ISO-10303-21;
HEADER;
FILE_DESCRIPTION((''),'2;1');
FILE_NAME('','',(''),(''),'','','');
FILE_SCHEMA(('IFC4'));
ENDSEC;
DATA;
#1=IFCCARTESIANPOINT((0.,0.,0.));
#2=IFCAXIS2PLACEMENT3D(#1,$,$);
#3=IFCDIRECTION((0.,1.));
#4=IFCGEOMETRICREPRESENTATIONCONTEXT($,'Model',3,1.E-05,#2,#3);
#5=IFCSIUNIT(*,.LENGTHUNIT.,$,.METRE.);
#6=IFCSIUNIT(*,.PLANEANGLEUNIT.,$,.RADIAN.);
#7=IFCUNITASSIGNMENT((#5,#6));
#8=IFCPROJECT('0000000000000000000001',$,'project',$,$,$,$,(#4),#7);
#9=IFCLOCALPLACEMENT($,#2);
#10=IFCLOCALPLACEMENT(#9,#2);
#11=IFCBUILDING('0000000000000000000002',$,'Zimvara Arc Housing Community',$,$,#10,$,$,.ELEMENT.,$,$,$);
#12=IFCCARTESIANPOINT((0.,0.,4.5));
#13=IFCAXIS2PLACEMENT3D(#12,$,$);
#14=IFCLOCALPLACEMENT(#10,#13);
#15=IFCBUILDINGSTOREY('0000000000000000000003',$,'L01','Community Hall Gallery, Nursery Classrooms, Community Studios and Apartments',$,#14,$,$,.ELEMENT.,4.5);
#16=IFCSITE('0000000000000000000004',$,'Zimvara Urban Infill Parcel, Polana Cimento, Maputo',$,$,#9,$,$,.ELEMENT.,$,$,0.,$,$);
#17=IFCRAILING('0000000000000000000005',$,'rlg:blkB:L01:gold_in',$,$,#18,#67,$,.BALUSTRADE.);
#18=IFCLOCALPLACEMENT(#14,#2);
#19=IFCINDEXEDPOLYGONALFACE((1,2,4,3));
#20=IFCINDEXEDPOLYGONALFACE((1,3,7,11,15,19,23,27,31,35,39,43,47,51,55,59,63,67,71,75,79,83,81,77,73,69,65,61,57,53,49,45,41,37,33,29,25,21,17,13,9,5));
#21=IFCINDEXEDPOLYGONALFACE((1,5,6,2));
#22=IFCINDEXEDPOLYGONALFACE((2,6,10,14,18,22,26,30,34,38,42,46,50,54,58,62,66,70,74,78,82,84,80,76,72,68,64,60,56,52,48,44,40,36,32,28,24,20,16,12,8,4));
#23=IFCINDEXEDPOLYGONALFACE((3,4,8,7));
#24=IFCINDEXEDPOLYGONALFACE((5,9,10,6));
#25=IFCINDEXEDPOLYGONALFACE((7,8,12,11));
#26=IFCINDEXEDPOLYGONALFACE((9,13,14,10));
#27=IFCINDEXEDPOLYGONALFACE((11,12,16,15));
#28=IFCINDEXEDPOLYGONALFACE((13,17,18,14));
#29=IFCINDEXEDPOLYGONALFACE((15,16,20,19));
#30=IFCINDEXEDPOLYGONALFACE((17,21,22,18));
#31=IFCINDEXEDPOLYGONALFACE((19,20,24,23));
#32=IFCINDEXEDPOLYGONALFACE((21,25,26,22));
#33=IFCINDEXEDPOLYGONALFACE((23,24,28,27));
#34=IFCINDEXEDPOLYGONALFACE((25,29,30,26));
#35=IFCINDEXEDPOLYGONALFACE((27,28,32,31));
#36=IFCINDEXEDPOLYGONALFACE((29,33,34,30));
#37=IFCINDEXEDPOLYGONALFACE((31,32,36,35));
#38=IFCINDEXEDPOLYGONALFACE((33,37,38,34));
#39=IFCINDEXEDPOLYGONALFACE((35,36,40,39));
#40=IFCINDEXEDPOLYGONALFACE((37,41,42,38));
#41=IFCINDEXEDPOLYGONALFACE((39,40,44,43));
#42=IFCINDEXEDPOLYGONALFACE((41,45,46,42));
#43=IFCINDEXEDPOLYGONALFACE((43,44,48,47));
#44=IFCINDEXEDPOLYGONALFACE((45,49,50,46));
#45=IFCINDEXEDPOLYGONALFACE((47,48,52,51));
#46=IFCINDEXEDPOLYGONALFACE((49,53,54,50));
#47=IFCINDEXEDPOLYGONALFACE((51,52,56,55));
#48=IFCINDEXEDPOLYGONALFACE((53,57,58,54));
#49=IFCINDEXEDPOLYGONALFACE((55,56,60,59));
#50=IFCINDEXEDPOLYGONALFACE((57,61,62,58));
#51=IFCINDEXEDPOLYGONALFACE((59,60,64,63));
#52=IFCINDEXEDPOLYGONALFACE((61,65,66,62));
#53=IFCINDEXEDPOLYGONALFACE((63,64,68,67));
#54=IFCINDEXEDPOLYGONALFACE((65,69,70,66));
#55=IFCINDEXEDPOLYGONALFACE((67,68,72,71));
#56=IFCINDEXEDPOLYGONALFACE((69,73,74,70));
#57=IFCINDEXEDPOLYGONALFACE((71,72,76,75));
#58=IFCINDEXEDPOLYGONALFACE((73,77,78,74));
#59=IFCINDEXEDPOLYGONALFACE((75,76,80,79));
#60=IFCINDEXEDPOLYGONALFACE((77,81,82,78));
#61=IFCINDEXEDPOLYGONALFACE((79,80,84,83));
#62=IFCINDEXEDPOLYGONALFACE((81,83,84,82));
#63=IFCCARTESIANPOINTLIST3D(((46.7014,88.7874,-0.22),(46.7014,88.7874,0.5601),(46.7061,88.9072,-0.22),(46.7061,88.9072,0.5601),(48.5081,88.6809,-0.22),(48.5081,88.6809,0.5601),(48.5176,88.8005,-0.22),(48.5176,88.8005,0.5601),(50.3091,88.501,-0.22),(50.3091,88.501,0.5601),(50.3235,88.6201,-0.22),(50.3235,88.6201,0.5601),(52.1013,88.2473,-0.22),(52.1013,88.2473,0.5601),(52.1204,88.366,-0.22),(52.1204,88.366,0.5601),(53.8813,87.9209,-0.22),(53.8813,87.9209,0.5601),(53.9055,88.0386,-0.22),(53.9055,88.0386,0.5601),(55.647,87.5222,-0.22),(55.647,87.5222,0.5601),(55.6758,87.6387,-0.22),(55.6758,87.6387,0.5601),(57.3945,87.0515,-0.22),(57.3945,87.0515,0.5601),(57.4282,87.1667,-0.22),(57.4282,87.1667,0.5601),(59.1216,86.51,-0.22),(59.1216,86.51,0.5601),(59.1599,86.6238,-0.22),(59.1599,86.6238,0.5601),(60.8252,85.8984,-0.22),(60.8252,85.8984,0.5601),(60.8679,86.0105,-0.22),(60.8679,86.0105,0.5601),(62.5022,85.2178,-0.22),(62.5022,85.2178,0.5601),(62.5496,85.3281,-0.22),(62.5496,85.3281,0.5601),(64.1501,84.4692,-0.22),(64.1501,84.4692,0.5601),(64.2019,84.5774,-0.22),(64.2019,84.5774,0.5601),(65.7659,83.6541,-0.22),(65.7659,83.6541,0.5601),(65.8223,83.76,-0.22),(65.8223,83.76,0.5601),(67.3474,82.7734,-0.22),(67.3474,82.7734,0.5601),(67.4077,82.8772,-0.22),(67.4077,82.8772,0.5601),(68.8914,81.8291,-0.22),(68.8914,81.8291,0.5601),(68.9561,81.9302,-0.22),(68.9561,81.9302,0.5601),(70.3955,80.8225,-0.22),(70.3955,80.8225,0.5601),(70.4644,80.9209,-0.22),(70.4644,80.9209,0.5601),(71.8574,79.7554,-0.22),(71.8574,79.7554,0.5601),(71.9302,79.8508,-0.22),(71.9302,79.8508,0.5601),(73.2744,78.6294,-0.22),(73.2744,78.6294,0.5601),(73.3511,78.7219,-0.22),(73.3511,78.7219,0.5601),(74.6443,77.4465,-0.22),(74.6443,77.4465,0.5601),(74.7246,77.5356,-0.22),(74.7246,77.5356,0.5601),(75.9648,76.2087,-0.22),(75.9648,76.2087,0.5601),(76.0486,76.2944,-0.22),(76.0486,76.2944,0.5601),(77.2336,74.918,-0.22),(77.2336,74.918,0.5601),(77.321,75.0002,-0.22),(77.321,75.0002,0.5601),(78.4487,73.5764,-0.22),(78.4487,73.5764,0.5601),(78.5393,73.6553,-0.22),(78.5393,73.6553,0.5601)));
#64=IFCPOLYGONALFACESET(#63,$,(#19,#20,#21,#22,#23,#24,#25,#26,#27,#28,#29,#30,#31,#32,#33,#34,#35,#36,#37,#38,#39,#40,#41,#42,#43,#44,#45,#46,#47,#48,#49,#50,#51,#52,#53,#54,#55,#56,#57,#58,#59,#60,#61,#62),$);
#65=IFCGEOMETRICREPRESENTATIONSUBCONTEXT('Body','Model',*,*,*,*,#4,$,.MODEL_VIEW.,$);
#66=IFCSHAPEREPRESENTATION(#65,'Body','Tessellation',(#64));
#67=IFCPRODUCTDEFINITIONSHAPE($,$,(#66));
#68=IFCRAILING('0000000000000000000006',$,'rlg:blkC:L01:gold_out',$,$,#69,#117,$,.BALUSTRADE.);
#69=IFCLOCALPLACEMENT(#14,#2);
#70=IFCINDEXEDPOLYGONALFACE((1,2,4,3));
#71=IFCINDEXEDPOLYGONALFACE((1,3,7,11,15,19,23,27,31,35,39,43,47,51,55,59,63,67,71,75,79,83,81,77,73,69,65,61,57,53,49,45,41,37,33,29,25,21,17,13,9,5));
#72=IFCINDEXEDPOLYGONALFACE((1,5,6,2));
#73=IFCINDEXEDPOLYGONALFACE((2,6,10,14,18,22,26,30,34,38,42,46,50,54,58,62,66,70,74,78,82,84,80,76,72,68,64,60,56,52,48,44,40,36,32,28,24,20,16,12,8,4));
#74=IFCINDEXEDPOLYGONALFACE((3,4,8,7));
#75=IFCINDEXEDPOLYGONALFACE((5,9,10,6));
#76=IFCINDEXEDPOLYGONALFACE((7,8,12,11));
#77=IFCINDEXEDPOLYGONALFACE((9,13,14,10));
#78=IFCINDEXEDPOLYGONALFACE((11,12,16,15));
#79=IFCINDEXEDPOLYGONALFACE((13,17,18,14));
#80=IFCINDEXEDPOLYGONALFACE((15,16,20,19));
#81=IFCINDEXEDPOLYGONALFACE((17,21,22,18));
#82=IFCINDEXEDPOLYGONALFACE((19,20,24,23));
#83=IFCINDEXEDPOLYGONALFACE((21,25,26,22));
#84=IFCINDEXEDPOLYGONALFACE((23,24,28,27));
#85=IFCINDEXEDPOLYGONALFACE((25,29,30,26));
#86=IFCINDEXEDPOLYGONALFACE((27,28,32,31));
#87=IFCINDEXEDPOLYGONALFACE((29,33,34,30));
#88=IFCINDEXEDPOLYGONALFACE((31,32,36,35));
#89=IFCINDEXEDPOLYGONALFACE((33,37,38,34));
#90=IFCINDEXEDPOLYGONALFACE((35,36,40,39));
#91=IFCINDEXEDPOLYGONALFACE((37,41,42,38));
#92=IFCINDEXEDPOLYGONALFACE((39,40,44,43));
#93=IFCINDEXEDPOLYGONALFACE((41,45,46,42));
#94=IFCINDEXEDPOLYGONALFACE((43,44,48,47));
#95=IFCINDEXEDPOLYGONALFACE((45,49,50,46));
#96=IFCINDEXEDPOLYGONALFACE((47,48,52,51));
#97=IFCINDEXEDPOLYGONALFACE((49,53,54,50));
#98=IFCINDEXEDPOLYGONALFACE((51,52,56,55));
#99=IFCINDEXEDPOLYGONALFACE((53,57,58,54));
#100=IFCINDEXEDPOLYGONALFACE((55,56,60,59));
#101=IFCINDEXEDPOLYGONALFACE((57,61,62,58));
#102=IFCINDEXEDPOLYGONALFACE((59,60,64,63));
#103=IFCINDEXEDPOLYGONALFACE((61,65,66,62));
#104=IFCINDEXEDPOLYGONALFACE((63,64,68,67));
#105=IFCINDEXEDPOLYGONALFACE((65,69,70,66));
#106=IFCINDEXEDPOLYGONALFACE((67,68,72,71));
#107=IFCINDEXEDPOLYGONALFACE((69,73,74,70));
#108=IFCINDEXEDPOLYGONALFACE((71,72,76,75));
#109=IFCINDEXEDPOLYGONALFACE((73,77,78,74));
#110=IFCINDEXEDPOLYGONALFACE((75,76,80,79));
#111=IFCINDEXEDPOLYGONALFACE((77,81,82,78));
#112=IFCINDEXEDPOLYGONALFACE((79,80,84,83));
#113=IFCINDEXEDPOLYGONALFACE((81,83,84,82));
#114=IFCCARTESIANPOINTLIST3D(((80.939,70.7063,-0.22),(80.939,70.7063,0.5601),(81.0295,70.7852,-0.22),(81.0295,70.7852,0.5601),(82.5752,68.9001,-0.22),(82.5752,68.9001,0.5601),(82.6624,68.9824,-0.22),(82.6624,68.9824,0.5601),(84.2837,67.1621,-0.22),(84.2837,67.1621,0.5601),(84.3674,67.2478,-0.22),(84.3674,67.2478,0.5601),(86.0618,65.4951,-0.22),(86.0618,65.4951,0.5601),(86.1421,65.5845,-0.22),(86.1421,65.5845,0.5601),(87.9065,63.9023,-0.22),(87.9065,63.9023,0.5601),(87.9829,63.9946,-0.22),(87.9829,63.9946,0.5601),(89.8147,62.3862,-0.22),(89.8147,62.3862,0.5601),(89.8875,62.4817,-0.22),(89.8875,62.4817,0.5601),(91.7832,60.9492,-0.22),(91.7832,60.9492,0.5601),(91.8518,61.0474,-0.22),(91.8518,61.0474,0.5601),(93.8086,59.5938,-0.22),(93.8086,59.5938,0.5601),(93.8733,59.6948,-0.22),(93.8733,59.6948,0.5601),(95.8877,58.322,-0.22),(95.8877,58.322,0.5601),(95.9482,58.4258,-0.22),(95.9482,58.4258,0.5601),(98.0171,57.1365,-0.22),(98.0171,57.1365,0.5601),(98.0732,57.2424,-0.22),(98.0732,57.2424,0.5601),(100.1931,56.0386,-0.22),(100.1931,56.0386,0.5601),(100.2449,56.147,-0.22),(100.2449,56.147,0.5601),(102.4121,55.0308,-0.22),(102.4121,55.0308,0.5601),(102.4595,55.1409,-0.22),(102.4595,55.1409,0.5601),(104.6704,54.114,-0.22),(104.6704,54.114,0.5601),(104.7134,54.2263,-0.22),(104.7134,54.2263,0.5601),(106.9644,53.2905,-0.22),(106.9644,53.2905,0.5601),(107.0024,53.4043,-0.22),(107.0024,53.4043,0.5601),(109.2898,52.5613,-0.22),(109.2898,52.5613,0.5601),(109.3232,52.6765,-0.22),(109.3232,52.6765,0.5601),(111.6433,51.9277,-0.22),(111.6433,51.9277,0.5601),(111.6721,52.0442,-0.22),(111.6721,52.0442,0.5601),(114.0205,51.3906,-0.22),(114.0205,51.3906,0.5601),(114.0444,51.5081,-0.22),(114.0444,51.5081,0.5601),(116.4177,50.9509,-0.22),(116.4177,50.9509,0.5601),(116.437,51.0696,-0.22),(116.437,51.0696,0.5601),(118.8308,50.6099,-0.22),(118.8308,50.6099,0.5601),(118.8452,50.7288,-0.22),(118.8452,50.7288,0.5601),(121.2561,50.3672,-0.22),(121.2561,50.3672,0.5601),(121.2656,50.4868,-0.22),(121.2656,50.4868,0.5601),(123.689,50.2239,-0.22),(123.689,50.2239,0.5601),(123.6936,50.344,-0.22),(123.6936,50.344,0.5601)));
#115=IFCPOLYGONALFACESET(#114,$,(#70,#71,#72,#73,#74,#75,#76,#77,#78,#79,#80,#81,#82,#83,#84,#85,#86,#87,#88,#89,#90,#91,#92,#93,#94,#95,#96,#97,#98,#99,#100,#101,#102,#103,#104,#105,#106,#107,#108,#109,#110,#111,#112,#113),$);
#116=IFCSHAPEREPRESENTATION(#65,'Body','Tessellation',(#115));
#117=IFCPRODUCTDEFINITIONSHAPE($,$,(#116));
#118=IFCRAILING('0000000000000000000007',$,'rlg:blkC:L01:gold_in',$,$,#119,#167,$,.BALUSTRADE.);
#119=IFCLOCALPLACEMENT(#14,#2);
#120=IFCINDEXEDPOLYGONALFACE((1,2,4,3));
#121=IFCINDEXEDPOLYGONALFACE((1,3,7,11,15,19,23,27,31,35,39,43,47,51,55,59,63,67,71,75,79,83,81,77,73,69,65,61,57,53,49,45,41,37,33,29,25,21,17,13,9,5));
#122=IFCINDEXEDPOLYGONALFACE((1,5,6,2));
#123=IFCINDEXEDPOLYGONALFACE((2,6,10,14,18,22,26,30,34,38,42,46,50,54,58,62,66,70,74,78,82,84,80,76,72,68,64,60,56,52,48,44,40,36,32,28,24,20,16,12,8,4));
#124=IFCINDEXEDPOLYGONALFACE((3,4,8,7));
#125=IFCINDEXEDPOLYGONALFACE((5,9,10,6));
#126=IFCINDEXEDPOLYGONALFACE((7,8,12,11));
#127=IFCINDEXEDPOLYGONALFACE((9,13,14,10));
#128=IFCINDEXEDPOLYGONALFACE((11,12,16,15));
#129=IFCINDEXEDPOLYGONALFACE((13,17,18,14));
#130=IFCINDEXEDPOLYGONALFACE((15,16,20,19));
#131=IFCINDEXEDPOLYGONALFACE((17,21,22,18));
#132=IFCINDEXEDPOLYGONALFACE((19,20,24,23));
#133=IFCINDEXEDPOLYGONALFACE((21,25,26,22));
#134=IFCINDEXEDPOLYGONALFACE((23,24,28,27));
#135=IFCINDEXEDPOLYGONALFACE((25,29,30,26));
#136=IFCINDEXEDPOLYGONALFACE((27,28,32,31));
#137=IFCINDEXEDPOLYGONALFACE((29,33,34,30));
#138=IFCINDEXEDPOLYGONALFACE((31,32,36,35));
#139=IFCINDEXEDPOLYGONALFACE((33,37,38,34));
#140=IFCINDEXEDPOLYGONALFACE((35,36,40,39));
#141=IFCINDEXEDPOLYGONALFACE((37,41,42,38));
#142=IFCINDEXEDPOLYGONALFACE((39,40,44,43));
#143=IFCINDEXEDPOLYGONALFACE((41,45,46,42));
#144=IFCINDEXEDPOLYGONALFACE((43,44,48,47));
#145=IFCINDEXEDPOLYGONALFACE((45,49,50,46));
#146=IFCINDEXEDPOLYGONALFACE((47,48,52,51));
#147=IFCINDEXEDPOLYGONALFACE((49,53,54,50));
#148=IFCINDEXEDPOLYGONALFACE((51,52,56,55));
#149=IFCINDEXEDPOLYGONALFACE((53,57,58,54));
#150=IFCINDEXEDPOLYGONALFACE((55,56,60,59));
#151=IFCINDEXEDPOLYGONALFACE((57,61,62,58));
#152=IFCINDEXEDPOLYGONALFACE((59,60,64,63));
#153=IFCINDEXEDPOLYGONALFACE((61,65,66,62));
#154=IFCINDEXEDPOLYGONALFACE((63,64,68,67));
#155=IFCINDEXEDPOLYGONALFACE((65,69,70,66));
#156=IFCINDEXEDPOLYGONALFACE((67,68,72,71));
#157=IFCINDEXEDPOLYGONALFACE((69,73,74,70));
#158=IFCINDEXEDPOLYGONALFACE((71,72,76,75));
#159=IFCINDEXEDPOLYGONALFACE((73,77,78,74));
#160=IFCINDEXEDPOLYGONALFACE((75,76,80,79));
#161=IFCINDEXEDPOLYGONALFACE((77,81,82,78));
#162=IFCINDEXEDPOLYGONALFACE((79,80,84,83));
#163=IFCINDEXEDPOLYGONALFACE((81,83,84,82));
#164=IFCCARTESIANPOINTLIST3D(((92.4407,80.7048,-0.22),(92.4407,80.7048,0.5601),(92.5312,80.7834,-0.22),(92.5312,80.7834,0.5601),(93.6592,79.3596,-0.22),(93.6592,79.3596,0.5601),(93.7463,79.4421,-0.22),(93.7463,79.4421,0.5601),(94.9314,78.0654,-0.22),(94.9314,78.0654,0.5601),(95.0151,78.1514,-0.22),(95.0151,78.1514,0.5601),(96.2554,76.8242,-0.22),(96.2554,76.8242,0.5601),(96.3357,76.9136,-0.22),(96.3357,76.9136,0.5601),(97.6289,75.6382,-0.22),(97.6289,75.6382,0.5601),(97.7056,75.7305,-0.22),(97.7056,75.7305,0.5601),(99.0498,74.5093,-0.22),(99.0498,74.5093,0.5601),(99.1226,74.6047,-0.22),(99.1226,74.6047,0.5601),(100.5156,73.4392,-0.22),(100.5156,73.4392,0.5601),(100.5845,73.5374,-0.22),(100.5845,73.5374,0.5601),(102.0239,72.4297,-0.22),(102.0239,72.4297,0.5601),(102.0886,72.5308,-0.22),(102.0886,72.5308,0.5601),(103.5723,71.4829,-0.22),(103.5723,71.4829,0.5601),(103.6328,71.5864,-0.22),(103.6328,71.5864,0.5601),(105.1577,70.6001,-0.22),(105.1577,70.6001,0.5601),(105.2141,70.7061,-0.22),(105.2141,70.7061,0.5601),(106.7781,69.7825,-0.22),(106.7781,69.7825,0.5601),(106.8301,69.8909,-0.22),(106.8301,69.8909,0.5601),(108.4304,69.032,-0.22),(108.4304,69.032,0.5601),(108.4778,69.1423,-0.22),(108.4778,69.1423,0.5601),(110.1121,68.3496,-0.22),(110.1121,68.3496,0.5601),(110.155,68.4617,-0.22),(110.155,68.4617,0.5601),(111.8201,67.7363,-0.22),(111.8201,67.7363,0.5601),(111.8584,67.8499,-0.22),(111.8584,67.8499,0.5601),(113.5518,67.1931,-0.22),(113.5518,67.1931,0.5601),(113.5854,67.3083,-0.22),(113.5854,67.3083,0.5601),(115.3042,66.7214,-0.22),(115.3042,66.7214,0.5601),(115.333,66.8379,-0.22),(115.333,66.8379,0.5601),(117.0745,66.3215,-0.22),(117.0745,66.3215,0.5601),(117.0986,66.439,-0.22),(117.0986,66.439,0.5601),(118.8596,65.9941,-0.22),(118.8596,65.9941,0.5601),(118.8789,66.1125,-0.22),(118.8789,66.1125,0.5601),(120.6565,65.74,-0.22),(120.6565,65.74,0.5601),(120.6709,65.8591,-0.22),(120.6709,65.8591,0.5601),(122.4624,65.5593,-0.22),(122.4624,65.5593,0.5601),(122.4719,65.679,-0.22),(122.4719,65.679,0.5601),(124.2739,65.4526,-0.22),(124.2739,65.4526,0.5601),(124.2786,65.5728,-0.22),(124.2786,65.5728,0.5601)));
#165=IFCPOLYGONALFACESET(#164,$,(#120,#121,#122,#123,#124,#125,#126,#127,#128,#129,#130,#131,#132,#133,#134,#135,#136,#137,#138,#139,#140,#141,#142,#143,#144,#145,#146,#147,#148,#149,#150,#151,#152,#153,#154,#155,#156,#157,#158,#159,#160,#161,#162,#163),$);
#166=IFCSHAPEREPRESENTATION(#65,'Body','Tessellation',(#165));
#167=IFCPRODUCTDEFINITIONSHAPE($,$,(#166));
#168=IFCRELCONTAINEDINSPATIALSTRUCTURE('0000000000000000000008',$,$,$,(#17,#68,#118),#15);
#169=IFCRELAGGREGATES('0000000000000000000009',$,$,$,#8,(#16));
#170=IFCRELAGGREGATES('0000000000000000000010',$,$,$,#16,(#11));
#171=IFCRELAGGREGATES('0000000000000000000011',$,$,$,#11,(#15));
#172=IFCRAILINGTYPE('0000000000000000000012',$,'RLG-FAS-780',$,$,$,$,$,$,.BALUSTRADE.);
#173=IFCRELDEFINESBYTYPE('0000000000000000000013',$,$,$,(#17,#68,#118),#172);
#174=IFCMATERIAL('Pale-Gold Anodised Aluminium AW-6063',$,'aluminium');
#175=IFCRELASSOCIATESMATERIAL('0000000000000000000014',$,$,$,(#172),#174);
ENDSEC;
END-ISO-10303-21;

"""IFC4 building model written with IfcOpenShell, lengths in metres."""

from ifc_helpers import new_model, si_unit, direction, frame, origin, place, context, subcontext, project, spatial, polyline, outline, extrude, material, type_object, element, save


model = new_model("IFC4")

# Units and contexts
model_context = context("Model", 3, precision=1e-05, world=origin(), true_north=direction((0.0, 1.0)))
body_context = subcontext(model_context, "Body", "Model", "MODEL_VIEW")
ifc_project = project(units=[si_unit("LENGTHUNIT", "METRE"), si_unit("PLANEANGLEUNIT", "RADIAN")], contexts=[model_context])

# Site, building, storey
site_placement = place(None, origin())
site = spatial("IfcSite", under=ifc_project, at=site_placement, Name="Zimvara Urban Infill Parcel, Polana Cimento, Maputo", CompositionType="ELEMENT", RefElevation=0.0)
building_placement = place(site_placement, origin())
building = spatial("IfcBuilding", under=site, at=building_placement, Name="Zimvara Arc Housing Community", CompositionType="ELEMENT")
storey_placement = place(building_placement, frame((0.0, 0.0, 4.5)))
storey = spatial("IfcBuildingStorey", under=building, at=storey_placement, Name="L01", Description="Community Hall Gallery, Nursery Classrooms, Community Studios and Apartments", CompositionType="ELEMENT", Elevation=4.5)

# Railings
ifc_material_1 = material(Name="Pale-Gold Anodised Aluminium AW-6063", Category="aluminium")
railing_type = type_object("IfcRailingType", Name="RLG-FAS-780", PredefinedType="BALUSTRADE", material=ifc_material_1)
railing_1_placement = place(storey_placement, frame((0.0, 0.0, -0.22)))
element("IfcRailing", 1, at=railing_1_placement, inside=storey, type_object=railing_type, Name="rlg:blkB:L01:gold_in", PredefinedType="BALUSTRADE", context=body_context, shape_type="SweptSolid", body=[
    extrude(outline(polyline([(46.7014, 88.7874), (48.5081, 88.6809), (50.3091, 88.501), (52.1013, 88.2473), (53.8813, 87.9209), (55.647, 87.5222), (57.3945, 87.0515), (59.1216, 86.51), (60.8252, 85.8984), (62.5022, 85.2178), (64.1501, 84.4692), (65.7659, 83.6541), (67.3474, 82.7734), (68.8914, 81.8291), (70.3955, 80.8225), (71.8574, 79.7554), (73.2744, 78.6294), (74.6443, 77.4465), (75.9648, 76.2087), (77.2336, 74.918), (78.4487, 73.5764), (78.5393, 73.6553), (77.321, 75.0002), (76.0486, 76.2944), (74.7246, 77.5356), (73.3511, 78.7219), (71.9302, 79.8508), (70.4644, 80.9209), (68.9561, 81.9302), (67.4077, 82.8772), (65.8223, 83.76), (64.2019, 84.5774), (62.5496, 85.3281), (60.8679, 86.0105), (59.1599, 86.6238), (57.4282, 87.1667), (55.6758, 87.6387), (53.9055, 88.0386), (52.1204, 88.366), (50.3235, 88.6201), (48.5176, 88.8005), (46.7061, 88.9072), (46.7014, 88.7874)])), origin(), (0.0, 0.0, 1.0), 0.78),
])
railing_2_placement = place(storey_placement, frame((0.0, 0.0, -0.22)))
element("IfcRailing", 2, at=railing_2_placement, inside=storey, type_object=railing_type, Name="rlg:blkC:L01:gold_out", PredefinedType="BALUSTRADE", context=body_context, shape_type="SweptSolid", body=[
    extrude(outline(polyline([(80.939, 70.7063), (82.5752, 68.9001), (84.2837, 67.1621), (86.0618, 65.4951), (87.9065, 63.9023), (89.8147, 62.3862), (91.7832, 60.9492), (93.8086, 59.5938), (95.8877, 58.322), (98.0171, 57.1365), (100.1931, 56.0386), (102.4121, 55.0308), (104.6704, 54.114), (106.9644, 53.2905), (109.2898, 52.5613), (111.6433, 51.9277), (114.0205, 51.3906), (116.4177, 50.9509), (118.8308, 50.6099), (121.2561, 50.3672), (123.689, 50.2239), (123.6936, 50.344), (121.2656, 50.4868), (118.8452, 50.7288), (116.437, 51.0696), (114.0444, 51.5081), (111.6721, 52.0442), (109.3232, 52.6765), (107.0024, 53.4043), (104.7134, 54.2263), (102.4595, 55.1409), (100.2449, 56.147), (98.0732, 57.2424), (95.9482, 58.4258), (93.8733, 59.6948), (91.8518, 61.0474), (89.8875, 62.4817), (87.9829, 63.9946), (86.1421, 65.5845), (84.3674, 67.2478), (82.6624, 68.9824), (81.0295, 70.7852), (80.939, 70.7063)])), origin(), (0.0, 0.0, 1.0), 0.78),
])
railing_3_placement = place(storey_placement, frame((0.0, 0.0, -0.22)))
element("IfcRailing", 3, at=railing_3_placement, inside=storey, type_object=railing_type, Name="rlg:blkC:L01:gold_in", PredefinedType="BALUSTRADE", context=body_context, shape_type="SweptSolid", body=[
    extrude(outline(polyline([(92.4407, 80.7048), (93.6592, 79.3596), (94.9314, 78.0654), (96.2554, 76.8242), (97.6289, 75.6382), (99.0498, 74.5093), (100.5156, 73.4392), (102.0239, 72.4297), (103.5723, 71.4829), (105.1577, 70.6001), (106.7781, 69.7825), (108.4304, 69.032), (110.1121, 68.3496), (111.8201, 67.7363), (113.5518, 67.1931), (115.3042, 66.7214), (117.0745, 66.3215), (118.8596, 65.9941), (120.6565, 65.74), (122.4624, 65.5593), (124.2739, 65.4526), (124.2786, 65.5728), (122.4719, 65.679), (120.6709, 65.8591), (118.8789, 66.1125), (117.0986, 66.439), (115.333, 66.8379), (113.5854, 67.3083), (111.8584, 67.8499), (110.155, 68.4617), (108.4778, 69.1423), (106.8301, 69.8909), (105.2141, 70.7061), (103.6328, 71.5864), (102.0886, 72.5308), (100.5845, 73.5374), (99.1226, 74.6047), (97.7056, 75.7305), (96.3357, 76.9136), (95.0151, 78.1514), (93.7463, 79.4421), (92.5312, 80.7834), (92.4407, 80.7048)])), origin(), (0.0, 0.0, 1.0), 0.78),
])

save(model, "model.ifc")
